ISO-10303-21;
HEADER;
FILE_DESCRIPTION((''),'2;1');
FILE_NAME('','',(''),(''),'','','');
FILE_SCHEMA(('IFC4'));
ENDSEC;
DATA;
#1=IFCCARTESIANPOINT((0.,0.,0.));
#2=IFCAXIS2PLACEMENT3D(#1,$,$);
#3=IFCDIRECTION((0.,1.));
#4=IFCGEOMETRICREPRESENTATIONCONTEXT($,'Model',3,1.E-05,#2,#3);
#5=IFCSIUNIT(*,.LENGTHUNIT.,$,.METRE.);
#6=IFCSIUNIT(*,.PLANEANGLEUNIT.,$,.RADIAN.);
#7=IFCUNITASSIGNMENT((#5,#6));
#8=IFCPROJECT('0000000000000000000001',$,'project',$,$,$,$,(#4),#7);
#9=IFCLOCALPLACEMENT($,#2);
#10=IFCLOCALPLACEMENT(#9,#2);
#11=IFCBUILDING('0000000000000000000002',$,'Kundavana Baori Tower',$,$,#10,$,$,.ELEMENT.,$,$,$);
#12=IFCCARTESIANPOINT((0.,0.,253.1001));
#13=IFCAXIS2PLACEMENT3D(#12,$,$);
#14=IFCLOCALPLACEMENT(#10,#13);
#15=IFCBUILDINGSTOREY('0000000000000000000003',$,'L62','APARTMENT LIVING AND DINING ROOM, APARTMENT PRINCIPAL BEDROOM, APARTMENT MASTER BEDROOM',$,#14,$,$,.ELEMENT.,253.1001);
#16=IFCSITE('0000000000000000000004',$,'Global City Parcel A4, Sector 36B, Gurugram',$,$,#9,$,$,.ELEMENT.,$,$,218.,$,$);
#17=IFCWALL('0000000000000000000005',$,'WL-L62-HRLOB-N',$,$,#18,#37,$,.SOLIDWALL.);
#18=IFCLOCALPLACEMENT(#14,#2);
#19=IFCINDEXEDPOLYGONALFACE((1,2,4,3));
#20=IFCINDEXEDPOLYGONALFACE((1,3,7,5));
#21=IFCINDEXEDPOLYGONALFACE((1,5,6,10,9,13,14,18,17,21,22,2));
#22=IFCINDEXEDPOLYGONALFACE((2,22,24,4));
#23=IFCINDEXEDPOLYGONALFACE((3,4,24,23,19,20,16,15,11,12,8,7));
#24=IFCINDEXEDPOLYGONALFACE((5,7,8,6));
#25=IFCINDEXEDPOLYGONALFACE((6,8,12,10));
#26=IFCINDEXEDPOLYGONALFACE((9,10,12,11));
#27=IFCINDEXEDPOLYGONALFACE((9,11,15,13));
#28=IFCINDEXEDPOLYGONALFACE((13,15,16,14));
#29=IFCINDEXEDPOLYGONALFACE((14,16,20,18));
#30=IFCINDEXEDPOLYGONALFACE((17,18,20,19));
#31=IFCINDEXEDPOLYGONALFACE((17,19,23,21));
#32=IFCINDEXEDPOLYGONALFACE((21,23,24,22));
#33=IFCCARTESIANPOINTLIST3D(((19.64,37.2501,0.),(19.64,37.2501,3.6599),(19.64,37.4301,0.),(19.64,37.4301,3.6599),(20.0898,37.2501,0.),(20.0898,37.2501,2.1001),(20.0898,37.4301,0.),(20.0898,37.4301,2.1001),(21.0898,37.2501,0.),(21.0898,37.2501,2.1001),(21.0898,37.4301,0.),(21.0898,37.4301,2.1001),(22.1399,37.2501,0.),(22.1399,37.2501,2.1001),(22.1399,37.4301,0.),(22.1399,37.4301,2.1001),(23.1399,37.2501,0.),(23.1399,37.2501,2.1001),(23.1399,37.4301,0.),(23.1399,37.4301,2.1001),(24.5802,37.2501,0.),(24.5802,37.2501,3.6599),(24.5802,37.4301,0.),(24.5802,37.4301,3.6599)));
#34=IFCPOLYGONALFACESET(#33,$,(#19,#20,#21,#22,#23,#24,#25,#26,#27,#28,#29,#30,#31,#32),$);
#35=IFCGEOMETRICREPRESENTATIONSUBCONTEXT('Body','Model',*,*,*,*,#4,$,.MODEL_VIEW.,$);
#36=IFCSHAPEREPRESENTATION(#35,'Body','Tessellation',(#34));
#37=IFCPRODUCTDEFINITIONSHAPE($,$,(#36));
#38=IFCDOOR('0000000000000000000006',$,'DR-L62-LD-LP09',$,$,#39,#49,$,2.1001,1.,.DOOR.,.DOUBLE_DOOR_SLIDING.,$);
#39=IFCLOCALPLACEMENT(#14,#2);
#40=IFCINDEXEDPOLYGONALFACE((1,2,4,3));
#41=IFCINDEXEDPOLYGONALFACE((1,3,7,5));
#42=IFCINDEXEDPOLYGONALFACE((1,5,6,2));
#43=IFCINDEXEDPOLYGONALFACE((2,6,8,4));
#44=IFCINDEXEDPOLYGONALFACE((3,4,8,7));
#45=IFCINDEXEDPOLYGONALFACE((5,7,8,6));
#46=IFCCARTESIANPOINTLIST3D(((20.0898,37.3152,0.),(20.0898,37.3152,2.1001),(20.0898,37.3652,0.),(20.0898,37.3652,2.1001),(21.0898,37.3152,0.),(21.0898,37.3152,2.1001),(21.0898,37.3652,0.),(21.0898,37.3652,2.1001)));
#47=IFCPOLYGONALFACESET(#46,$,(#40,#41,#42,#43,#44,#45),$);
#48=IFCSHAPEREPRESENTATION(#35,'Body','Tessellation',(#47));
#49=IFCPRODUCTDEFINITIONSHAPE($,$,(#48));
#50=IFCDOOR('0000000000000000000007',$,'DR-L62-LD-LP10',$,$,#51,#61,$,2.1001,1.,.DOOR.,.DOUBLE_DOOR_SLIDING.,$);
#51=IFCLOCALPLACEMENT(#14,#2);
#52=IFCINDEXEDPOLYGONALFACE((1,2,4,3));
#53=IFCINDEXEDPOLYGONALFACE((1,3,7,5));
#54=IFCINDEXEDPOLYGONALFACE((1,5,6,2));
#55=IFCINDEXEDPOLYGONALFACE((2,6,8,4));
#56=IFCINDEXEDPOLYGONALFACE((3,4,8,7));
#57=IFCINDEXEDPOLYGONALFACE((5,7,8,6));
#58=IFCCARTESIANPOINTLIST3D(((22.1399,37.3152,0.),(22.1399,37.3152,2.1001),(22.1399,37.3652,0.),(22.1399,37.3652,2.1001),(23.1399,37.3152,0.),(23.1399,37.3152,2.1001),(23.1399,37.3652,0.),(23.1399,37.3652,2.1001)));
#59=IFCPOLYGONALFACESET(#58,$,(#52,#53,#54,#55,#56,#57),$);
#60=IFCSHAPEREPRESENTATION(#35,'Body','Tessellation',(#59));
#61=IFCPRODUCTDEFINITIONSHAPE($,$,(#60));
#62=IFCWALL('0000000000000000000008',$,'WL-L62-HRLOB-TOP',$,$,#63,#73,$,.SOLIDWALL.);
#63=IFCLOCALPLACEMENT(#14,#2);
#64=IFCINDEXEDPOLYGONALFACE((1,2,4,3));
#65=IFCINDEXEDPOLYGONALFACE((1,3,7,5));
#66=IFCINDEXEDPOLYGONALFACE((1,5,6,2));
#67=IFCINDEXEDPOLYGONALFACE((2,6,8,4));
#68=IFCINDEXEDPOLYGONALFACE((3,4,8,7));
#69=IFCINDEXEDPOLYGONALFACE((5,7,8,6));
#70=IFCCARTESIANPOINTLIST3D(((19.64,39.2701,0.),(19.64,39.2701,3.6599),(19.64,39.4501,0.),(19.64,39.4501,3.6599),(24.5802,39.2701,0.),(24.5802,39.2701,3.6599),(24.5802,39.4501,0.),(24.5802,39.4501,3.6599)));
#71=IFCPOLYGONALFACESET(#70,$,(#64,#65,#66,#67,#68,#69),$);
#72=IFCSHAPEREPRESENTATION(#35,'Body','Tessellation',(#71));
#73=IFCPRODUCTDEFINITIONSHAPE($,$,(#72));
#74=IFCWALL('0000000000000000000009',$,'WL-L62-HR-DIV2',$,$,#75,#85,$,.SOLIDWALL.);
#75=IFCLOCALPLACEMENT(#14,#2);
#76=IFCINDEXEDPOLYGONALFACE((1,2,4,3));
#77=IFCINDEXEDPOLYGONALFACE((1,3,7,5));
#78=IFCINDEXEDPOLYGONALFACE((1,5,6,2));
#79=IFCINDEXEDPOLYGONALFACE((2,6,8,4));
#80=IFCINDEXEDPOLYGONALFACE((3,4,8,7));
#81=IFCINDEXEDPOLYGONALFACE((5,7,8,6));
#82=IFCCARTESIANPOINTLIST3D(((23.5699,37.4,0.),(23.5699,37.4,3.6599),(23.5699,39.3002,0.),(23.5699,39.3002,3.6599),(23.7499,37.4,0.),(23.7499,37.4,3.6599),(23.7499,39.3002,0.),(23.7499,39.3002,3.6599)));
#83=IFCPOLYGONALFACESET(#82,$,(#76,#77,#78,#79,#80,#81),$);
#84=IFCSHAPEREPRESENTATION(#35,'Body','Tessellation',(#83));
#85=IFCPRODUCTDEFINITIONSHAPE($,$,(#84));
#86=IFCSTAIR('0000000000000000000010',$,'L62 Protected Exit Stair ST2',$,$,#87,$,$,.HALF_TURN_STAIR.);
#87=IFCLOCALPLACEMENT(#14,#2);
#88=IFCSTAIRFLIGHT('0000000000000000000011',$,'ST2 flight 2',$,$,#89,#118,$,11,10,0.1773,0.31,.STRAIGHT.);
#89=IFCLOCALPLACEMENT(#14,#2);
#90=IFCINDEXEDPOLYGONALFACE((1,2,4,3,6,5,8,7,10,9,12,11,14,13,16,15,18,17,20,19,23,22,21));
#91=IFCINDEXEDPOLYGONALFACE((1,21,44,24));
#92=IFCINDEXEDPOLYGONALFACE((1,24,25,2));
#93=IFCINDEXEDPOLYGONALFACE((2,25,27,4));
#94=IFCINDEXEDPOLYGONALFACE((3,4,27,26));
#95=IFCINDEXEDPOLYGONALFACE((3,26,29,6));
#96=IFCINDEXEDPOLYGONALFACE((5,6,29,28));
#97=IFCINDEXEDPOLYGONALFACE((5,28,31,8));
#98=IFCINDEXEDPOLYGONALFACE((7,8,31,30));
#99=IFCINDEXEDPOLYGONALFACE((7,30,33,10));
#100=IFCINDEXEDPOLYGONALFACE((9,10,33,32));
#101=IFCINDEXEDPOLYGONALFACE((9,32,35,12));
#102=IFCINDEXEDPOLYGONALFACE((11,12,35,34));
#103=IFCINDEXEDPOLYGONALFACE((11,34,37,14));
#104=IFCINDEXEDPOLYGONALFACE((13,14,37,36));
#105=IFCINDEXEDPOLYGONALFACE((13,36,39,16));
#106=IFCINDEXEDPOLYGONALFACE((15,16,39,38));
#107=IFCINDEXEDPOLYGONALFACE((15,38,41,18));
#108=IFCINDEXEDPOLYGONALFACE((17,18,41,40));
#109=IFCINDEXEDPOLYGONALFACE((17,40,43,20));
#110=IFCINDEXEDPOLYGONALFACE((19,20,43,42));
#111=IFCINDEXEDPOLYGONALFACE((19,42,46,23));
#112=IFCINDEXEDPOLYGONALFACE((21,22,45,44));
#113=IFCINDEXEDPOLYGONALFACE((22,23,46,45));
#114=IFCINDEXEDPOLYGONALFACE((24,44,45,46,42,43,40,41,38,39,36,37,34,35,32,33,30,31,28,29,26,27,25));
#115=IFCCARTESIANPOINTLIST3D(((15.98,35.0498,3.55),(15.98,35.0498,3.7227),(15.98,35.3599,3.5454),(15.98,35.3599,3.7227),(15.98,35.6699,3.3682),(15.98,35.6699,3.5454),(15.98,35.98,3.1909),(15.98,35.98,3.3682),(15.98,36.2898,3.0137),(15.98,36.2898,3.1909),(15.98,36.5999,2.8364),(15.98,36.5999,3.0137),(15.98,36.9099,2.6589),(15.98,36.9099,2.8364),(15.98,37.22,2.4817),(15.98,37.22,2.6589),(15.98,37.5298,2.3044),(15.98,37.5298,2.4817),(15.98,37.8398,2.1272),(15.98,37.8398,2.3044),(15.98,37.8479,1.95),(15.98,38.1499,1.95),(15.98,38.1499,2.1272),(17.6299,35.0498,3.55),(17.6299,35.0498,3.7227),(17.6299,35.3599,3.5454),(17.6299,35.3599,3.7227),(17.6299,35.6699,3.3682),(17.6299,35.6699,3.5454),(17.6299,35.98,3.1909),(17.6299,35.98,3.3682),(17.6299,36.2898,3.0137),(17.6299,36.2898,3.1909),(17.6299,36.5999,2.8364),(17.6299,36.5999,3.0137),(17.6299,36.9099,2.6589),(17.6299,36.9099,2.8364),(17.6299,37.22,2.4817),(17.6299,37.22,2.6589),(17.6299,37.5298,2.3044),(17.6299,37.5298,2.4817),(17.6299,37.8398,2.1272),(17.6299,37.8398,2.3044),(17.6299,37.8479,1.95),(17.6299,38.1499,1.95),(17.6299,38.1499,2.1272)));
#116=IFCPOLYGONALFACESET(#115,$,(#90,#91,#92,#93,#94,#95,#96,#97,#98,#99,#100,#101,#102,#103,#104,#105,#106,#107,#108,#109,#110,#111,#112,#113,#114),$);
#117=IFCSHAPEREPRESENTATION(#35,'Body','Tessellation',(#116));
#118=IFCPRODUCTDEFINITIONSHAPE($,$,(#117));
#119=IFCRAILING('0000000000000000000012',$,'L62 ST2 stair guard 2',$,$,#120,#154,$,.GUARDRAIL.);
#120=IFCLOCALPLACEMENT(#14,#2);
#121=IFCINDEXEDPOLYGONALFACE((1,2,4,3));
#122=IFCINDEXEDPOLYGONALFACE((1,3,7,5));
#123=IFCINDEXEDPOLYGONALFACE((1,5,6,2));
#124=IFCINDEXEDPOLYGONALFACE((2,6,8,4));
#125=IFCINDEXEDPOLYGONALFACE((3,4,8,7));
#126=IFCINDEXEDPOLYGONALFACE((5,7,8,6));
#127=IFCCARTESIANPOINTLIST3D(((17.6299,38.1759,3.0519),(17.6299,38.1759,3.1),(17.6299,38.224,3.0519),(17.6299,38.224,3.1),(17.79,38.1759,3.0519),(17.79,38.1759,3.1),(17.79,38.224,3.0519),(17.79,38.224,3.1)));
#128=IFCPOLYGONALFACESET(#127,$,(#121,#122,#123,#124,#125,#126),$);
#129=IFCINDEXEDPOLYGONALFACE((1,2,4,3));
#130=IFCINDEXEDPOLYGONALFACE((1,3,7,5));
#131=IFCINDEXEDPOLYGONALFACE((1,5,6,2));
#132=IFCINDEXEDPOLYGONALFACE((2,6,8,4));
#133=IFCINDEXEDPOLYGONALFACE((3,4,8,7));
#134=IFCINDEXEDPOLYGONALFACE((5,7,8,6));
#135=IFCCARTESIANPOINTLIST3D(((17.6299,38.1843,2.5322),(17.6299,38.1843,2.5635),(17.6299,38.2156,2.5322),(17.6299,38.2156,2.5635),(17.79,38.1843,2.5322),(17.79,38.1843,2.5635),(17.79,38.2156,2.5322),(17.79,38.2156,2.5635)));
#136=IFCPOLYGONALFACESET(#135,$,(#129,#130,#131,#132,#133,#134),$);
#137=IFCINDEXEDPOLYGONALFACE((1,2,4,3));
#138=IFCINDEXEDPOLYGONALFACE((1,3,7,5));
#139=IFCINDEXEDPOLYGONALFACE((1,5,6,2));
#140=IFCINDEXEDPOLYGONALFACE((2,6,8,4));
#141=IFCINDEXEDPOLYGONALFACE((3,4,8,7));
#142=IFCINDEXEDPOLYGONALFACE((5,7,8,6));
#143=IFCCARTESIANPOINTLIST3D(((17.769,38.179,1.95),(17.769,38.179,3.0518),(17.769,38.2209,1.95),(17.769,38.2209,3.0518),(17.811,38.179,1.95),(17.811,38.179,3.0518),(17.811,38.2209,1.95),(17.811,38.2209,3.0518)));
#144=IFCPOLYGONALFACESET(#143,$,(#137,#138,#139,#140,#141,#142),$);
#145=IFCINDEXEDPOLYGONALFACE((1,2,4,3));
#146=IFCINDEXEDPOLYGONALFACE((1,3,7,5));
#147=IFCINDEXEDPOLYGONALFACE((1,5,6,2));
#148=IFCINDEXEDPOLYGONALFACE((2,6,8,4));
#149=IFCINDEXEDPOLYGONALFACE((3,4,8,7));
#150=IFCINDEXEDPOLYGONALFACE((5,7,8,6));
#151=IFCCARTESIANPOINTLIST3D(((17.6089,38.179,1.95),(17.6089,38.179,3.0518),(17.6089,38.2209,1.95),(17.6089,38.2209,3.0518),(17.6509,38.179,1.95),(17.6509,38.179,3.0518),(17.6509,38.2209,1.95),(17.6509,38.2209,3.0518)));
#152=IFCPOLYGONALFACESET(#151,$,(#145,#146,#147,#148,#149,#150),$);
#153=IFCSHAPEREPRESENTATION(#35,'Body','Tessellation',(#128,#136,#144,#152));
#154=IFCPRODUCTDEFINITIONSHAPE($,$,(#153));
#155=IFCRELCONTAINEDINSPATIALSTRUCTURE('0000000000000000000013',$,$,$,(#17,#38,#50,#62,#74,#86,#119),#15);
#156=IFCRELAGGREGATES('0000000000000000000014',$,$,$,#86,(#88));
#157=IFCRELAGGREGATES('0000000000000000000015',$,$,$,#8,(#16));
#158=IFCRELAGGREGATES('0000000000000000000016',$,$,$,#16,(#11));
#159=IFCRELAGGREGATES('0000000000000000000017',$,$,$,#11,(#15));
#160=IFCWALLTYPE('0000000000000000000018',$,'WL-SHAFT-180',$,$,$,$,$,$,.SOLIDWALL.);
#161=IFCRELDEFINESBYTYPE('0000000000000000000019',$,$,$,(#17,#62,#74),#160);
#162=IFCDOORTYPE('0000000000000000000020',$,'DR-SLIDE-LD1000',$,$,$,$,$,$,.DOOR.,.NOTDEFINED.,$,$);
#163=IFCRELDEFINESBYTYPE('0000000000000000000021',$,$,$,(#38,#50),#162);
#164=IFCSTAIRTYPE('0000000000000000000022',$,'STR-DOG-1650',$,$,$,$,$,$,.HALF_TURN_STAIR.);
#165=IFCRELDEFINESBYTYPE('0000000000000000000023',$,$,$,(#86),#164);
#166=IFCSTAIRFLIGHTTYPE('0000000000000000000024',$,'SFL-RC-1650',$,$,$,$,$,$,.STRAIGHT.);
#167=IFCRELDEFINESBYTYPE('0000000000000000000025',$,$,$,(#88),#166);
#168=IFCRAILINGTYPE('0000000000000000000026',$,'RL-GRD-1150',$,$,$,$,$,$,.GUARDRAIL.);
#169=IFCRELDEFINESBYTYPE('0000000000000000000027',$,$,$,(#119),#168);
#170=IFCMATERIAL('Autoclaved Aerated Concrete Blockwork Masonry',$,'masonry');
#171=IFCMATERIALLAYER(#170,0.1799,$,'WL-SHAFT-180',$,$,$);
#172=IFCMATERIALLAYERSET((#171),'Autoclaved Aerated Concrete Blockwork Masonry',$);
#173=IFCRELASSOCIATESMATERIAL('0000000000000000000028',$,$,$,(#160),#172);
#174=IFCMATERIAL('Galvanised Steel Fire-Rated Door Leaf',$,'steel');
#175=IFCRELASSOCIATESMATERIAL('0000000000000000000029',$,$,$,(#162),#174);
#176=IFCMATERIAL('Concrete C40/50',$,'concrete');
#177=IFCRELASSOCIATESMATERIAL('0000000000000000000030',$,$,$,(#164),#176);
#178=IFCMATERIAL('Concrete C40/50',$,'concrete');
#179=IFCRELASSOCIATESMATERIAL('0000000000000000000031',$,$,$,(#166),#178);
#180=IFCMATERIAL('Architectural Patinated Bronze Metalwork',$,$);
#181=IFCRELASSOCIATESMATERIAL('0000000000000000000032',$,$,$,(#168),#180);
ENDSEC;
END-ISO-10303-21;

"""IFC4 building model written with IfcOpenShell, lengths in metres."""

from ifc_helpers import new_model, si_unit, direction, frame, frame_2d, origin, origin_2d, place, context, subcontext, project, spatial, polyline, rectangle, outline, extrude, material, layer, layer_set, type_object, element, fill, aggregate, save


model = new_model("IFC4")

# Units and contexts
model_context = context("Model", 3, precision=1e-05, world=origin(), true_north=direction((0.0, 1.0)))
body_context = subcontext(model_context, "Body", "Model", "MODEL_VIEW")
ifc_project = project(units=[si_unit("LENGTHUNIT", "METRE"), si_unit("PLANEANGLEUNIT", "RADIAN")], contexts=[model_context])

# Site, building, storey
site_placement = place(None, origin())
site = spatial("IfcSite", under=ifc_project, at=site_placement, Name="Global City Parcel A4, Sector 36B, Gurugram", CompositionType="ELEMENT", RefElevation=218.0)
building_placement = place(site_placement, origin())
building = spatial("IfcBuilding", under=site, at=building_placement, Name="Kundavana Baori Tower", CompositionType="ELEMENT")
storey_placement = place(building_placement, frame((0.0, 0.0, 253.1001)))
storey = spatial("IfcBuildingStorey", under=building, at=storey_placement, Name="L62", Description="APARTMENT LIVING AND DINING ROOM, APARTMENT PRINCIPAL BEDROOM, APARTMENT MASTER BEDROOM", CompositionType="ELEMENT", Elevation=253.1001)

# Wall, openings, doors
ifc_material_1 = material(Name="Autoclaved Aerated Concrete Blockwork Masonry", Category="masonry")
ifc_layer_1 = layer(ifc_material_1, 0.1799, Name="WL-SHAFT-180")
ifc_layer_set_1 = layer_set([ifc_layer_1], Name="Autoclaved Aerated Concrete Blockwork Masonry")
wall_type_1 = type_object("IfcWallType", Name="WL-SHAFT-180", PredefinedType="SOLIDWALL", material=ifc_layer_set_1)
wall_1_placement = place(storey_placement, frame((19.6399, 37.3401, 0.0), z_axis=(0.0, 0.0, 1.0), x_axis=(1.0, 0.0, 0.0)))
wall_1 = element("IfcWall", 1, at=wall_1_placement, inside=storey, type_object=wall_type_1, Name="WL-L62-HRLOB-N", PredefinedType="SOLIDWALL", context=body_context, shape_type="SweptSolid", body=[
    extrude(rectangle(XDim=4.9402, YDim=0.1799, at=frame_2d((2.4702, 0.0))), origin(), (0.0, 0.0, 1.0), 3.6599),
])
opening_1_placement = place(wall_1_placement, frame((0.45, 0.0, 0.0)))
opening_1 = element("IfcOpeningElement", 2, at=opening_1_placement, cuts=wall_1, PredefinedType="OPENING", context=body_context, shape_type="SweptSolid", body=[
    extrude(rectangle(XDim=1.0, YDim=2.1001, at=frame_2d((0.5, 1.05))), frame((0.0, 0.1001, 0.0), z_axis=(0.0, -1.0, 0.0), x_axis=(1.0, 0.0, 0.0)), (0.0, 0.0, 1.0), 0.2),
])
opening_2_placement = place(wall_1_placement, frame((2.5, 0.0, 0.0)))
opening_2 = element("IfcOpeningElement", 3, at=opening_2_placement, cuts=wall_1, PredefinedType="OPENING", context=body_context, shape_type="SweptSolid", body=[
    extrude(rectangle(XDim=1.0, YDim=2.1001, at=frame_2d((0.5, 1.05))), frame((0.0, 0.1001, 0.0), z_axis=(0.0, -1.0, 0.0), x_axis=(1.0, 0.0, 0.0)), (0.0, 0.0, 1.0), 0.2),
])
ifc_material_2 = material(Name="Galvanised Steel Fire-Rated Door Leaf", Category="steel")
door_type_1 = type_object("IfcDoorType", Name="DR-SLIDE-LD1000", OperationType="NOTDEFINED", PredefinedType="DOOR", material=ifc_material_2)
door_1_placement = place(opening_1_placement, frame((1.0, 0.0, 0.0), z_axis=(0.0, 0.0, 1.0), x_axis=(-1.0, 0.0, 0.0)))
door_1 = element("IfcDoor", 4, at=door_1_placement, inside=storey, type_object=door_type_1, Name="DR-L62-LD-LP09", OperationType="DOUBLE_DOOR_SLIDING", OverallHeight=2.1001, OverallWidth=1.0, PredefinedType="DOOR", context=body_context, shape_type="SweptSolid", body=[
    extrude(rectangle(XDim=1.0, YDim=2.1001, at=frame_2d((0.5, 1.05))), frame((0.0, 0.0249, 0.0), z_axis=(0.0, -1.0, 0.0), x_axis=(1.0, 0.0, 0.0)), (0.0, 0.0, 1.0), 0.05),
])
fill(opening_1, door_1)
door_2_placement = place(opening_2_placement, frame((1.0, 0.0, 0.0), z_axis=(0.0, 0.0, 1.0), x_axis=(-1.0, 0.0, 0.0)))
door_2 = element("IfcDoor", 5, at=door_2_placement, inside=storey, type_object=door_type_1, Name="DR-L62-LD-LP10", OperationType="DOUBLE_DOOR_SLIDING", OverallHeight=2.1001, OverallWidth=1.0, PredefinedType="DOOR", context=body_context, shape_type="SweptSolid", body=[
    extrude(rectangle(XDim=1.0, YDim=2.1001, at=frame_2d((0.5, 1.05))), frame((0.0, 0.0249, 0.0), z_axis=(0.0, -1.0, 0.0), x_axis=(1.0, 0.0, 0.0)), (0.0, 0.0, 1.0), 0.05),
])
fill(opening_2, door_2)

# Walls
wall_2_placement = place(storey_placement, frame((19.6399, 39.3601, 0.0), z_axis=(0.0, 0.0, 1.0), x_axis=(1.0, 0.0, 0.0)))
element("IfcWall", 6, at=wall_2_placement, inside=storey, type_object=wall_type_1, Name="WL-L62-HRLOB-TOP", PredefinedType="SOLIDWALL", context=body_context, shape_type="SweptSolid", body=[
    extrude(rectangle(XDim=4.9402, YDim=0.1799, at=frame_2d((2.4702, 0.0))), origin(), (0.0, 0.0, 1.0), 3.6599),
])
wall_3_placement = place(storey_placement, frame((23.6599, 37.3999, 0.0), z_axis=(0.0, 0.0, 1.0), x_axis=(0.0, 1.0, 0.0)))
element("IfcWall", 7, at=wall_3_placement, inside=storey, type_object=wall_type_1, Name="WL-L62-HR-DIV2", PredefinedType="SOLIDWALL", context=body_context, shape_type="SweptSolid", body=[
    extrude(rectangle(XDim=1.9001, YDim=0.1799, at=frame_2d((0.9502, 0.0))), origin(), (0.0, 0.0, 1.0), 3.6599),
])

# Stair, stair flight
ifc_material_3 = material(Name="Concrete C40/50", Category="concrete")
stair_type = type_object("IfcStairType", Name="STR-DOG-1650", PredefinedType="HALF_TURN_STAIR", material=ifc_material_3)
stair_placement = place(storey_placement, origin())
stair = element("IfcStair", 8, at=stair_placement, inside=storey, type_object=stair_type, Name="L62 Protected Exit Stair ST2", PredefinedType="HALF_TURN_STAIR")
ifc_material_4 = material(Name="Concrete C40/50", Category="concrete")
stair_flight_type = type_object("IfcStairFlightType", Name="SFL-RC-1650", PredefinedType="STRAIGHT", material=ifc_material_4)
stair_flight_placement = place(storey_placement, frame((16.8049, 38.1499, 1.95), z_axis=(0.0, 0.0, 1.0), x_axis=(0.0, -1.0, 0.0)))
stair_flight = element("IfcStairFlight", 9, at=stair_flight_placement, type_object=stair_flight_type, Name="ST2 flight 2", NumberOfRisers=11, NumberOfTreads=10, PredefinedType="STRAIGHT", RiserHeight=0.1773, TreadLength=0.31, context=body_context, shape_type="SweptSolid", body=[
    extrude(outline(polyline([(0.0, 0.0), (0.0, 0.1772), (0.3101, 0.1772), (0.3101, 0.3545), (0.6201, 0.3545), (0.6201, 0.5317), (0.9299, 0.5317), (0.9299, 0.709), (1.24, 0.709), (1.24, 0.8865), (1.55, 0.8865), (1.55, 1.0637), (1.8601, 1.0637), (1.8601, 1.241), (2.1699, 1.241), (2.1699, 1.4182), (2.48, 1.4182), (2.48, 1.5955), (2.79, 1.5955), (2.79, 1.7727), (3.1001, 1.7727), (3.1001, 1.95), (3.1001, 1.6001), (0.302, 0.0), (0.0, 0.0)])), frame((0.0, 0.825, 0.0), z_axis=(0.0, -1.0, 0.0), x_axis=(1.0, 0.0, 0.0)), (0.0, 0.0, 1.0), 1.6499),
])
aggregate(stair, [stair_flight])

# Railing
ifc_material_5 = material(Name="Architectural Patinated Bronze Metalwork")
railing_type_1 = type_object("IfcRailingType", Name="RL-GRD-1150", PredefinedType="GUARDRAIL", material=ifc_material_5)
railing_1_placement = place(storey_placement, frame((17.79, 38.2, 1.95)))
element("IfcRailing", 10, at=railing_1_placement, inside=storey, type_object=railing_type_1, Name="L62 ST2 stair guard 2", PredefinedType="GUARDRAIL", context=body_context, shape_type="SweptSolid", body=[
    extrude(rectangle(XDim=0.0481, YDim=0.0481, at=origin_2d()), frame((0.0, 0.0, 1.126), z_axis=(-1.0, 0.0, 0.0), x_axis=(0.0, -1.0, 0.0)), (0.0, 0.0, 1.0), 0.1602),
    extrude(rectangle(XDim=0.0312, YDim=0.0312, at=origin_2d()), frame((0.0, 0.0, 0.5979), z_axis=(-1.0, 0.0, 0.0), x_axis=(0.0, -1.0, 0.0)), (0.0, 0.0, 1.0), 0.1602),
    extrude(rectangle(XDim=0.042, YDim=0.042, at=origin_2d()), origin(), (0.0, 0.0, 1.0), 1.1018),
    extrude(rectangle(XDim=0.042, YDim=0.042, at=origin_2d()), frame((-0.1602, 0.0, 0.0)), (0.0, 0.0, 1.0), 1.1018),
])

save(model, "model.ifc")
